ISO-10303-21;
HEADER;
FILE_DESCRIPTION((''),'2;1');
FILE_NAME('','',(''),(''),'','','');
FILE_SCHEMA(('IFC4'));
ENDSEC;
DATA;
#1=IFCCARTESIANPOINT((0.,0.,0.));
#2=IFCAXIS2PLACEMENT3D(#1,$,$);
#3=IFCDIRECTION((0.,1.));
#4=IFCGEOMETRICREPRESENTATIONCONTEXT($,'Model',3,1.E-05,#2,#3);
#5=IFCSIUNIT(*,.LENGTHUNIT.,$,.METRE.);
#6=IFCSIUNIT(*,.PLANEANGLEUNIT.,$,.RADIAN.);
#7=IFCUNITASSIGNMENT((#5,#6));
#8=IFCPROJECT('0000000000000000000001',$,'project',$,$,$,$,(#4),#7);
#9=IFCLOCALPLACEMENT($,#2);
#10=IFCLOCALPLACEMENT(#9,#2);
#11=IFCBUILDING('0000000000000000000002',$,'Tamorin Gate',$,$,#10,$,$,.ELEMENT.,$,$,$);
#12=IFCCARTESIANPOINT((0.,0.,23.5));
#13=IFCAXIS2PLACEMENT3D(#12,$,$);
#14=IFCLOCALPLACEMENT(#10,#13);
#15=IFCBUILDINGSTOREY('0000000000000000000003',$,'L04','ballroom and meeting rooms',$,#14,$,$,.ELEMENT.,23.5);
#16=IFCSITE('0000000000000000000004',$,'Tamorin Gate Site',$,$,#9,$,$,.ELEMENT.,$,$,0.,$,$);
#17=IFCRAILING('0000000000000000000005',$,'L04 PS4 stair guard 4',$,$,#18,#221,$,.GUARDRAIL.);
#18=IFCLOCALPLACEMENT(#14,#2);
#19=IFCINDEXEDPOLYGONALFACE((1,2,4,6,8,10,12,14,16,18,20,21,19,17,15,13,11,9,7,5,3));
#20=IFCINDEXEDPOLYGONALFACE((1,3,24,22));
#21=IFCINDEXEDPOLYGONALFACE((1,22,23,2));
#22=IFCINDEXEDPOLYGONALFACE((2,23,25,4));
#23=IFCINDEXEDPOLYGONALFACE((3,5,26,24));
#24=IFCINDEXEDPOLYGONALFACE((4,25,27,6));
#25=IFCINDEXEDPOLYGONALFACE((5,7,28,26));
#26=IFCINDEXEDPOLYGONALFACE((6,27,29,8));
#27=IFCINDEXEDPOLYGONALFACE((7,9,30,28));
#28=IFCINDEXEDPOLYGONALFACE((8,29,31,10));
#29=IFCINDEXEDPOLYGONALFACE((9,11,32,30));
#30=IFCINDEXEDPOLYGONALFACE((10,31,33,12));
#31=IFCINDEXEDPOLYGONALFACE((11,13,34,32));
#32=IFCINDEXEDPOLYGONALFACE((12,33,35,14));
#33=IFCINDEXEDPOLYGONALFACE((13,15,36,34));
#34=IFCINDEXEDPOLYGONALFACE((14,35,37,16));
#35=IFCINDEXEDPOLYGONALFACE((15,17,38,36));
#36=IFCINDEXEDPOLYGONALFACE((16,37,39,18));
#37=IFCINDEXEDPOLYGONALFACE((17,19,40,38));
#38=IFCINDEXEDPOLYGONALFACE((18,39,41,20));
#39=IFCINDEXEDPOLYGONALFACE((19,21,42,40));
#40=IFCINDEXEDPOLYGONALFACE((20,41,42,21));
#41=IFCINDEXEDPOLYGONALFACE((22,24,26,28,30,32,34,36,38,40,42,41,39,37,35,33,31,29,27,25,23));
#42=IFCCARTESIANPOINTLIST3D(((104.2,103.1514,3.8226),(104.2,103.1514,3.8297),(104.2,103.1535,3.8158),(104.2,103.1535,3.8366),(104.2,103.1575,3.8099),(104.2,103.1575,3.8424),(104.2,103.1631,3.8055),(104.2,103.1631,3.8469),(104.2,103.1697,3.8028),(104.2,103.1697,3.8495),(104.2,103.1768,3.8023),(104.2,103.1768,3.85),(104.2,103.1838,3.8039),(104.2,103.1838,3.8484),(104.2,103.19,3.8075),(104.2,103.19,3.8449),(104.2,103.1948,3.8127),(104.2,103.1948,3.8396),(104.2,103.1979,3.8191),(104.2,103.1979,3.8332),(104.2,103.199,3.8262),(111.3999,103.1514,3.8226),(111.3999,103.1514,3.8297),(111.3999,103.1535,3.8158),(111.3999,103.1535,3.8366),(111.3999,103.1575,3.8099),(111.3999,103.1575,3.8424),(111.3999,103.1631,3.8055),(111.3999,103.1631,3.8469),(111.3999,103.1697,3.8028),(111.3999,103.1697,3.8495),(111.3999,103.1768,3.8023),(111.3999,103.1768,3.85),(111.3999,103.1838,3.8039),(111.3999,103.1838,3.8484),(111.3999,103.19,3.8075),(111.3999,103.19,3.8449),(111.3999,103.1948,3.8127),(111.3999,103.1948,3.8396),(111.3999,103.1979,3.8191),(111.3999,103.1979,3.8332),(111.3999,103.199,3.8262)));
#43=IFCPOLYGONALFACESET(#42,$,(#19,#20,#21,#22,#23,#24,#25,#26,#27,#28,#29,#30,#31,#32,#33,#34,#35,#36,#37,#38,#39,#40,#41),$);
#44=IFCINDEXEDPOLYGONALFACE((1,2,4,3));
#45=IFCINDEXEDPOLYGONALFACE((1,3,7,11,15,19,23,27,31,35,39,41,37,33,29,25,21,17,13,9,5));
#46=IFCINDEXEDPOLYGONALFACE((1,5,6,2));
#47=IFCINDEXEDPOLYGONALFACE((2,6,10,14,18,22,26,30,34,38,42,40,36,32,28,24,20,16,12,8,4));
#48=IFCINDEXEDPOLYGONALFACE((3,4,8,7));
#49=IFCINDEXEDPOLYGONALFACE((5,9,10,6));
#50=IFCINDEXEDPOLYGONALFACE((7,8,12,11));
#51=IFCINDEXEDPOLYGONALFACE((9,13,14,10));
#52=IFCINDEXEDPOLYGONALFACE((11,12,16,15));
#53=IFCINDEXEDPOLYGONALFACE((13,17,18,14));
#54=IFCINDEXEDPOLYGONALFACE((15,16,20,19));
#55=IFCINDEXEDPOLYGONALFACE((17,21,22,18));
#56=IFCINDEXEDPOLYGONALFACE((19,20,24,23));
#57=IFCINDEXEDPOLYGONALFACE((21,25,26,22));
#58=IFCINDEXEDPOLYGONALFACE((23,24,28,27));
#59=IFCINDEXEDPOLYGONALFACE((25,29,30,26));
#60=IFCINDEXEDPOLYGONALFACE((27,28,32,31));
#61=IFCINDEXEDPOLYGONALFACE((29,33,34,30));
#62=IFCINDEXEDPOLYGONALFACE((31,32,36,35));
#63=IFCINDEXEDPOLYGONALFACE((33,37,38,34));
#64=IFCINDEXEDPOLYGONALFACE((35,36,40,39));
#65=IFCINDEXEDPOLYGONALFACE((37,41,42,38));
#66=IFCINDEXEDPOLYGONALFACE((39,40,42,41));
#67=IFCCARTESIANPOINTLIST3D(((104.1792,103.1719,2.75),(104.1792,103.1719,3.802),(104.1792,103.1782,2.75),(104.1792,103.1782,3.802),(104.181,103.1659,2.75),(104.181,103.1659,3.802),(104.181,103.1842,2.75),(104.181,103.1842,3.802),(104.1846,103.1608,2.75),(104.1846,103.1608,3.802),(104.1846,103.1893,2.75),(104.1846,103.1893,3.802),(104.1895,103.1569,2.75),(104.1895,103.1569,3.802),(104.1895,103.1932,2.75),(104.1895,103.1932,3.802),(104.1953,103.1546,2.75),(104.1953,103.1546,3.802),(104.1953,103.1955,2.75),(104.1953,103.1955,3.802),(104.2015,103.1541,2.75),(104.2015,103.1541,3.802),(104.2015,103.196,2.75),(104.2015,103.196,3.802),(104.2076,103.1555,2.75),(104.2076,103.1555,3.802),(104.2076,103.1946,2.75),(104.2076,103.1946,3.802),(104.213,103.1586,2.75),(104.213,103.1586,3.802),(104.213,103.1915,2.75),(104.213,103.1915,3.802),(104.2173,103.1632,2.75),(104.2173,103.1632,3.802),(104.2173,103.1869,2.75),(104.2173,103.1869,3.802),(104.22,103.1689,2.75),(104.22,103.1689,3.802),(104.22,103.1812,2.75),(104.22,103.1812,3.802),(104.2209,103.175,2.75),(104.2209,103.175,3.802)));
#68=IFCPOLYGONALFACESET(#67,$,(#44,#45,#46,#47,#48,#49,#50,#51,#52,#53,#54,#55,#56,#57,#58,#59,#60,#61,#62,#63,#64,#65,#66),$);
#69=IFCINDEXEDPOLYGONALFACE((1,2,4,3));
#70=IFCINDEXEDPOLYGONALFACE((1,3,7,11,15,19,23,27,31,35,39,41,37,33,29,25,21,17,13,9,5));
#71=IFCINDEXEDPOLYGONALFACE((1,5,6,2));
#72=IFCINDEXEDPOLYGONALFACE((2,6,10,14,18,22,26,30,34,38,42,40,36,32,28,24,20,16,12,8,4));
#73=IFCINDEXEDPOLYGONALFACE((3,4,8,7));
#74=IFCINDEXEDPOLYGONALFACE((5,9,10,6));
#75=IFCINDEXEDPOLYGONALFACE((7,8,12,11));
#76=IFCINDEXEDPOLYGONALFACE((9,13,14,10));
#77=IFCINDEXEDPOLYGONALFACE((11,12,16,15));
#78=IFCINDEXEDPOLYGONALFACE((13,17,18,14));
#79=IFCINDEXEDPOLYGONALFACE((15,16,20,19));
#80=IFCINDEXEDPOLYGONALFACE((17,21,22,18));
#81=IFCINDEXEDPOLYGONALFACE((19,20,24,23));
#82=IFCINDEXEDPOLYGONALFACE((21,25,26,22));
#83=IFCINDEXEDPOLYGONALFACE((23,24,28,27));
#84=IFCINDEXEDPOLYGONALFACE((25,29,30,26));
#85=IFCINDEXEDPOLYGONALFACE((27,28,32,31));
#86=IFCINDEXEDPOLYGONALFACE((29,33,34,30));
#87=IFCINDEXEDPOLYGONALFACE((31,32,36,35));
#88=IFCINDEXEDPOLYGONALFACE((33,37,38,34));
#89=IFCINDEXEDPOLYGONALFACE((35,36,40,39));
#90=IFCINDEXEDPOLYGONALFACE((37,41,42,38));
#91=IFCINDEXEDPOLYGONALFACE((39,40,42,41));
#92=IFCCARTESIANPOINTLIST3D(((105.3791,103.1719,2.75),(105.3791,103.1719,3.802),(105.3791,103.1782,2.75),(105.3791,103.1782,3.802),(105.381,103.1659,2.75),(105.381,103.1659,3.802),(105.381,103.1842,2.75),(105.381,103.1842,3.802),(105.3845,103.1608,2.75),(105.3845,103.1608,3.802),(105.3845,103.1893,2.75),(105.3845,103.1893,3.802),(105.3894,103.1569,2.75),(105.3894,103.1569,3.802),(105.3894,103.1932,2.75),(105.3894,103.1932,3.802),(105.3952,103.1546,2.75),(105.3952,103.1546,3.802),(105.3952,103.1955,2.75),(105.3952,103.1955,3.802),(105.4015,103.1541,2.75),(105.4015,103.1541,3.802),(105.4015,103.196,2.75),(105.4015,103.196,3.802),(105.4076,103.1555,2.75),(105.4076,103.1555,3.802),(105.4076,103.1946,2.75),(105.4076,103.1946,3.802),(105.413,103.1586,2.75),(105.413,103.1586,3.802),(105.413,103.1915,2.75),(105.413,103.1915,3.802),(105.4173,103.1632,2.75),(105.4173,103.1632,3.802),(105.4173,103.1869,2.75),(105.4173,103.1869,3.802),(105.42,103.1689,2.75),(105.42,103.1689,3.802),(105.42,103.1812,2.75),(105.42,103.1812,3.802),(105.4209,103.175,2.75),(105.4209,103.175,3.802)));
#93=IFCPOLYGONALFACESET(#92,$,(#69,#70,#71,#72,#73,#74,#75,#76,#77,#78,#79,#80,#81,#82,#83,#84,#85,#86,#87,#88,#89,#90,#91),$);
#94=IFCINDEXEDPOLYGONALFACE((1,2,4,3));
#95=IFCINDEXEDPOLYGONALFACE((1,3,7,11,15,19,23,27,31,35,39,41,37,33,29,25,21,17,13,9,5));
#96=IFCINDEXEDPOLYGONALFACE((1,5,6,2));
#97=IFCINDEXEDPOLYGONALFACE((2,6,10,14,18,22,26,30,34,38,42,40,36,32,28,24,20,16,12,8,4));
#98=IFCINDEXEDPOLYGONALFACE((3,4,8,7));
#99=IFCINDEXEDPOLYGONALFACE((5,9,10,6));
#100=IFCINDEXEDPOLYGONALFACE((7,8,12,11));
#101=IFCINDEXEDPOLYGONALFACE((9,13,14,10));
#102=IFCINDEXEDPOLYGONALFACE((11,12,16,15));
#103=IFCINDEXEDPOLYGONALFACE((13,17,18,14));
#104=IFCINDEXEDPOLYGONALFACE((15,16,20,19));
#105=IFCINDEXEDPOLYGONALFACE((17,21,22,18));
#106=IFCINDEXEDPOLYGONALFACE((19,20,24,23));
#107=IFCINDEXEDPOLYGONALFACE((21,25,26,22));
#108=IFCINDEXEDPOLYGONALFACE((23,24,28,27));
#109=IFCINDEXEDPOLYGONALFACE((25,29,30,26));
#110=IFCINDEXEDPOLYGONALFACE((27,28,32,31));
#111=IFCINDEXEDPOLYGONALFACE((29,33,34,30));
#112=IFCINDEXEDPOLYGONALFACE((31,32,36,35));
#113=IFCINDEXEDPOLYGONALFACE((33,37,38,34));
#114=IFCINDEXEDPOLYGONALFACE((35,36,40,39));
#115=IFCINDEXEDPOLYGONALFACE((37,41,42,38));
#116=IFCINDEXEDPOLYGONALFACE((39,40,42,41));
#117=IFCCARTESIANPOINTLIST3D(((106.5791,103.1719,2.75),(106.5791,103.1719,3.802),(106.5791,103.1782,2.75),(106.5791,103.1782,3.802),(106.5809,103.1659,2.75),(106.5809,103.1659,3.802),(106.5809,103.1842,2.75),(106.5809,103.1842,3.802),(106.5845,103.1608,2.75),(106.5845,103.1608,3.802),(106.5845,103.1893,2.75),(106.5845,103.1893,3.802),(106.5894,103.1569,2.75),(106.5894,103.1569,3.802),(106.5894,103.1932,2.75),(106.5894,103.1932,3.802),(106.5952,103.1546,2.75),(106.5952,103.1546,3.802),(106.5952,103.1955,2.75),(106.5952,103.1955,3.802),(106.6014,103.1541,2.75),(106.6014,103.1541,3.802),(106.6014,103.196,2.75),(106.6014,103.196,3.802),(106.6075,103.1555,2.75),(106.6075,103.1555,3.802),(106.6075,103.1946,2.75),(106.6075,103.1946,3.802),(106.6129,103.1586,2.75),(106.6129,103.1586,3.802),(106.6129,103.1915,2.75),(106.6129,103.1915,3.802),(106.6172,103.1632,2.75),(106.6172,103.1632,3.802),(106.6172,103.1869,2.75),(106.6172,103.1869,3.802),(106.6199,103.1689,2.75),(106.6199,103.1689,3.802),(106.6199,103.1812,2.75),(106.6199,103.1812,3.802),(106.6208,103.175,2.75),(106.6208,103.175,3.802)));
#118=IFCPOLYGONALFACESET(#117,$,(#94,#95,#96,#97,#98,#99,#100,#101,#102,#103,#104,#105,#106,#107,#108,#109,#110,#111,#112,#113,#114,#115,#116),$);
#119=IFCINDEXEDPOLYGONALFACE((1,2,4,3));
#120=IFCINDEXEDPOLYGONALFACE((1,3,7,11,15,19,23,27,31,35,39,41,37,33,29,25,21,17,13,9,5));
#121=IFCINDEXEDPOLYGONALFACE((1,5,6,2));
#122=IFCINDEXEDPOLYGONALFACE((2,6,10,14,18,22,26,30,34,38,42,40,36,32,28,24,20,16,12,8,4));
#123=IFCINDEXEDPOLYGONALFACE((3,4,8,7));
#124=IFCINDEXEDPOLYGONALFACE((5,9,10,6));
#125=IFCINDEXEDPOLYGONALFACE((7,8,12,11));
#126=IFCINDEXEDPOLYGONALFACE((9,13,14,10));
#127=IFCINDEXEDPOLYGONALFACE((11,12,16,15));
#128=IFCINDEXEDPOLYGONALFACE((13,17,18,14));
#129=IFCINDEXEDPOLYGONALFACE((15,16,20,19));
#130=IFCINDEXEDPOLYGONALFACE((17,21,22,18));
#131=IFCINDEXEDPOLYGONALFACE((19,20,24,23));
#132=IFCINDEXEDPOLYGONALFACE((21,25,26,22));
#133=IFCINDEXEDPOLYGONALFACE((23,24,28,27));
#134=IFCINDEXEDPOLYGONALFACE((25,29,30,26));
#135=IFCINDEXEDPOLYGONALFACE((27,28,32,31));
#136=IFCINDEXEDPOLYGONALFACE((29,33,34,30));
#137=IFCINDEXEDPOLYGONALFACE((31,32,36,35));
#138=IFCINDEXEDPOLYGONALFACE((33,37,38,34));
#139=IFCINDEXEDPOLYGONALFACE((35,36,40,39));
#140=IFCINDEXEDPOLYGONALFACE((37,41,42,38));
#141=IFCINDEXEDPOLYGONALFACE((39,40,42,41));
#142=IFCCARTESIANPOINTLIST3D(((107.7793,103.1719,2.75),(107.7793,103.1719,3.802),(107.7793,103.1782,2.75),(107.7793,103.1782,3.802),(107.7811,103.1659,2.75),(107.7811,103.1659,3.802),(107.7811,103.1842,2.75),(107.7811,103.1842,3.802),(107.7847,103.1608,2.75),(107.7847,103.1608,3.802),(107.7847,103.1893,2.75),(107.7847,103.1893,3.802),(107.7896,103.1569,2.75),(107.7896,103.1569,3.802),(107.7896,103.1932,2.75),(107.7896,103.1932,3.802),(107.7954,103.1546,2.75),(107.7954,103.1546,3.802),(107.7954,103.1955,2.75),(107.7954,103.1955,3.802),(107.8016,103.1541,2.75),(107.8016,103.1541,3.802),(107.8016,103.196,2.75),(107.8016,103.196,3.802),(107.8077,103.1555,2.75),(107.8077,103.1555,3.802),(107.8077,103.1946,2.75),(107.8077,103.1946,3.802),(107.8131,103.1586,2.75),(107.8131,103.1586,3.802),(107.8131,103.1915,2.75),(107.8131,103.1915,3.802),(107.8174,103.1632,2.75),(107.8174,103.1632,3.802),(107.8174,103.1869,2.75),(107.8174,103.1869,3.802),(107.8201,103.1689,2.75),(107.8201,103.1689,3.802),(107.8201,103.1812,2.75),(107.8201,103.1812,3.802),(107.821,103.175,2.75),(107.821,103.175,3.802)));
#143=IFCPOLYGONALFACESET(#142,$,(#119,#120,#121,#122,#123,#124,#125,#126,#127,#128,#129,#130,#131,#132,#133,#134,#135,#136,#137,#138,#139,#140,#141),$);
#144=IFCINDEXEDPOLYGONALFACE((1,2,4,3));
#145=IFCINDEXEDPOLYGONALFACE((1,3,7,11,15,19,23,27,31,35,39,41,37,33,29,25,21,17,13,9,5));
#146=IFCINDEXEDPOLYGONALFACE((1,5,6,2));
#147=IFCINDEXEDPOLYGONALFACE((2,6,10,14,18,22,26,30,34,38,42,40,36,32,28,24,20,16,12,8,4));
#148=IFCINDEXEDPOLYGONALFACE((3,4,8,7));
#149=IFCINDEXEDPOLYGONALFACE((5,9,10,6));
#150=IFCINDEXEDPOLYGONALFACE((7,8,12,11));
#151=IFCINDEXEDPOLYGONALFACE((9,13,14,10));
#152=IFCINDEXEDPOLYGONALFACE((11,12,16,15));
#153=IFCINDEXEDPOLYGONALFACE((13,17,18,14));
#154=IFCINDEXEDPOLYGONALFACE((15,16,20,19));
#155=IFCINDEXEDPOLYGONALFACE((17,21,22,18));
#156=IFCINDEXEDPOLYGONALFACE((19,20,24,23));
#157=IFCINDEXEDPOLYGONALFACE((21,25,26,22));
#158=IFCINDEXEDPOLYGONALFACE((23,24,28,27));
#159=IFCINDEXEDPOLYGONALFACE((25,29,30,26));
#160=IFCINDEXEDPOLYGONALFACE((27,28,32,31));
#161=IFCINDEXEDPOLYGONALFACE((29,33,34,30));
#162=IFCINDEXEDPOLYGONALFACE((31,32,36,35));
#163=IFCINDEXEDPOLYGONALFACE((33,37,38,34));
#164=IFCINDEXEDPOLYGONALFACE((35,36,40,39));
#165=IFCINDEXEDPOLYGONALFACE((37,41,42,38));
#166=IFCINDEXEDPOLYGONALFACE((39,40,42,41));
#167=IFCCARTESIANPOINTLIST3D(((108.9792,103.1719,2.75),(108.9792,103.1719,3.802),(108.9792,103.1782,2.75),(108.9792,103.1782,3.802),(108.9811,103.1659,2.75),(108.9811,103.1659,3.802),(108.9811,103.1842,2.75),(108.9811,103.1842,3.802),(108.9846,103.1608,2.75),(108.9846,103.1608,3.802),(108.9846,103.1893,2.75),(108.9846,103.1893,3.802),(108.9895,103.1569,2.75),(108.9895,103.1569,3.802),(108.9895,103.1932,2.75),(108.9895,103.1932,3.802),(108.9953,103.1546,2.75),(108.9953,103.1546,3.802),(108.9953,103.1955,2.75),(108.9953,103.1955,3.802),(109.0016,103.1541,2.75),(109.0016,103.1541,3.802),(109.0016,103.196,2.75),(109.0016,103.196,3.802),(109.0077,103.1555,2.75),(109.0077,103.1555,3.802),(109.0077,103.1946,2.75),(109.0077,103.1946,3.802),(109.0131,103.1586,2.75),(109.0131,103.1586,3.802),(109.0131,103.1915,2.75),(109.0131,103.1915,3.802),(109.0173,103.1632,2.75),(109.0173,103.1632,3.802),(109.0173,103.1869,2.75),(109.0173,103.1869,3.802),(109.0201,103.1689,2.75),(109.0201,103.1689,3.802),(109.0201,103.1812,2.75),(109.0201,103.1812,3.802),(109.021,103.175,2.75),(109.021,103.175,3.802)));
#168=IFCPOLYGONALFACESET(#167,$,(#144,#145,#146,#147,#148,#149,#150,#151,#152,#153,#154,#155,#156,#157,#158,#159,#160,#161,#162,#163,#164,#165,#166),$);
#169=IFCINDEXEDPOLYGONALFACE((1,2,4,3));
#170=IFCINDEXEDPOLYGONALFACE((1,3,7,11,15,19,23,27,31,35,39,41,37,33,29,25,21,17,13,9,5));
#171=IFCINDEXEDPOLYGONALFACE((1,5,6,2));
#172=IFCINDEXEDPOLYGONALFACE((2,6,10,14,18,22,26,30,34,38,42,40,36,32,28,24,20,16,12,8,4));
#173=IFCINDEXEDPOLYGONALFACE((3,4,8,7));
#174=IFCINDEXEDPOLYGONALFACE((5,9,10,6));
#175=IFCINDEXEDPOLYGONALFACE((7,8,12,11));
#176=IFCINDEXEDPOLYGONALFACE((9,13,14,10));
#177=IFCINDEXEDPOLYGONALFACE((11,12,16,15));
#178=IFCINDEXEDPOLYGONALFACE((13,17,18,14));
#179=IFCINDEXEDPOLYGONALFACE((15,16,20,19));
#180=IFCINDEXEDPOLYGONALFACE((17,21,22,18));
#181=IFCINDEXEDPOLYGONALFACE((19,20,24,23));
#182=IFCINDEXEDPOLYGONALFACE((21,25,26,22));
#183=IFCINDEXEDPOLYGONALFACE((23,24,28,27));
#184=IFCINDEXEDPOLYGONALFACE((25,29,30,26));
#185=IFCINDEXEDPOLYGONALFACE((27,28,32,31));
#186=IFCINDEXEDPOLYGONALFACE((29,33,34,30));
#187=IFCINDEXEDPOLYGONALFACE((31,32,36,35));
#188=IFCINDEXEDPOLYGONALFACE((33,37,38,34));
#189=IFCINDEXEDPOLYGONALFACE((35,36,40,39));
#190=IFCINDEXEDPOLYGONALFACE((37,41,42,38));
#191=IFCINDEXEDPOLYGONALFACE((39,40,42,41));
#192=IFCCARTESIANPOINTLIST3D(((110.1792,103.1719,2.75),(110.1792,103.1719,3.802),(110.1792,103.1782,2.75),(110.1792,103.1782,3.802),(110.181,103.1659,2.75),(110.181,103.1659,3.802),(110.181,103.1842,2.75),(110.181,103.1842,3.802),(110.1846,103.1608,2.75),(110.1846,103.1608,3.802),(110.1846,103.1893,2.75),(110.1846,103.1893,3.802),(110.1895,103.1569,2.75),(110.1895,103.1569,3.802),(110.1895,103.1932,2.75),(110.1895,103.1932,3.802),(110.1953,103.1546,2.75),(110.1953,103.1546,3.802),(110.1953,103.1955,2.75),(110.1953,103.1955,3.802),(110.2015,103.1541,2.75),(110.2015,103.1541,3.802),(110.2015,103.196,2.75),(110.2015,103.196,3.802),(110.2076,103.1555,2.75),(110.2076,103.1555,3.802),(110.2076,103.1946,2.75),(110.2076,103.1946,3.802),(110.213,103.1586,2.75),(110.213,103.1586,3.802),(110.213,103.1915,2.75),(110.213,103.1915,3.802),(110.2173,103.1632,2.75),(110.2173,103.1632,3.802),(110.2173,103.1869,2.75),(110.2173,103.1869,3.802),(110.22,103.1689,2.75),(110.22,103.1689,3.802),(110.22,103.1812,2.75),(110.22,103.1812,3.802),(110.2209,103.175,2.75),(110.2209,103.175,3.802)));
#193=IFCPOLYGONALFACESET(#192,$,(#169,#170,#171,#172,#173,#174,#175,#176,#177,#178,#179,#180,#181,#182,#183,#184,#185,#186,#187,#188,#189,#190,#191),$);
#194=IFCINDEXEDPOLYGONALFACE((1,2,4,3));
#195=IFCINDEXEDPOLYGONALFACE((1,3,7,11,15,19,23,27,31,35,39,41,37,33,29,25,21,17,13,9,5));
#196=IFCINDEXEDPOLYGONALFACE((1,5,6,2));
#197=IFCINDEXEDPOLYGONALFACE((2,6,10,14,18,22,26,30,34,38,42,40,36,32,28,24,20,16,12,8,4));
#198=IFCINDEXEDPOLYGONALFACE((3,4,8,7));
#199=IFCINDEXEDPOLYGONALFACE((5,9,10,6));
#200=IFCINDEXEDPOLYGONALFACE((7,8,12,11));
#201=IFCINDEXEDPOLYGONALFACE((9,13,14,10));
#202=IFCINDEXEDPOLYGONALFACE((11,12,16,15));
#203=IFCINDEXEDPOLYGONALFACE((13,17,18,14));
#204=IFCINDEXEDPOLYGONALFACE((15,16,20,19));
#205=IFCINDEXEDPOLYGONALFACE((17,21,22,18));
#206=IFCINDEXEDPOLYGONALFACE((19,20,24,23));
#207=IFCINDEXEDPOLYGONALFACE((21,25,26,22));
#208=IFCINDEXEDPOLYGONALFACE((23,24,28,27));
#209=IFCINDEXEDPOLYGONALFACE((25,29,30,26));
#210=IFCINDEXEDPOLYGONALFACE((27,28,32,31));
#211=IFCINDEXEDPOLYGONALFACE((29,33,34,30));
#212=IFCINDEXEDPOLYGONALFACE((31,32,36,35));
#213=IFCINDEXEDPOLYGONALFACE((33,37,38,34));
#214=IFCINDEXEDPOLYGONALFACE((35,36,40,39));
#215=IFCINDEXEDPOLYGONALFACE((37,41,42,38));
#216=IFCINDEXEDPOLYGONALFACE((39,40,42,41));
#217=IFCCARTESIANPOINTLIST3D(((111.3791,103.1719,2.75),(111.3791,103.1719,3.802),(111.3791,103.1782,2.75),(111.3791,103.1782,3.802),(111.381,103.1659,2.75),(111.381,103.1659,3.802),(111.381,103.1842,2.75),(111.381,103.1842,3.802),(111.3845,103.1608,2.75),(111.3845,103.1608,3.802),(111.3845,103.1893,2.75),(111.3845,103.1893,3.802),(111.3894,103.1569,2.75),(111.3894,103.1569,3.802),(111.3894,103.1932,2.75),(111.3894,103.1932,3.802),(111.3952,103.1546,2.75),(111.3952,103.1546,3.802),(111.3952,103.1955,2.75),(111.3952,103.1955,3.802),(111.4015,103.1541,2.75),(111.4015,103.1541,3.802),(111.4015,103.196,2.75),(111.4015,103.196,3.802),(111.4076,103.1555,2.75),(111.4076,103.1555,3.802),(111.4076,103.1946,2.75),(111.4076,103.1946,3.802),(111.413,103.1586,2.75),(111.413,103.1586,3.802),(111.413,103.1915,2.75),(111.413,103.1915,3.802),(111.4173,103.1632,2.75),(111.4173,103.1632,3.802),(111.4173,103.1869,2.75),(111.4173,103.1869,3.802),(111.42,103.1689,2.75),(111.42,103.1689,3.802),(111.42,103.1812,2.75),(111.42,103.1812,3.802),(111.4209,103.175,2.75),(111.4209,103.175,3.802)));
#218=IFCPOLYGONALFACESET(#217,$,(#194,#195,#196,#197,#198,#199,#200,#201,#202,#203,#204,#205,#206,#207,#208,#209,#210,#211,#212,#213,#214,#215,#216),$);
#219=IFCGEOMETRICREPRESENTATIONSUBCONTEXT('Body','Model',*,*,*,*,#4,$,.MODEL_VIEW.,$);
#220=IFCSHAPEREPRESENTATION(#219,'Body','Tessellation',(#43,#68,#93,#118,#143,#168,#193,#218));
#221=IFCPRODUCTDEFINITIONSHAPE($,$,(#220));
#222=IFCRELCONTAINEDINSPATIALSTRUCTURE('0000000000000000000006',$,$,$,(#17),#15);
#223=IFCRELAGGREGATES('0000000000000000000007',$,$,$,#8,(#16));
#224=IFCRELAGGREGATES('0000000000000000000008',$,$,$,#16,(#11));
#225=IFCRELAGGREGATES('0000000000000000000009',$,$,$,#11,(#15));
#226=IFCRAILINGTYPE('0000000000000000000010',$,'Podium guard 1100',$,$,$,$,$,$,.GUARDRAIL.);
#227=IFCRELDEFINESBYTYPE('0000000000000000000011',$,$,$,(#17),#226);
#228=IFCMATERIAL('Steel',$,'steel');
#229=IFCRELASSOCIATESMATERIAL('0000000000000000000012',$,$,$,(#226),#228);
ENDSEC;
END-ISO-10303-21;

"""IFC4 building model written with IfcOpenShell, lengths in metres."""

from ifc_helpers import new_model, si_unit, direction, frame, origin, origin_2d, place, context, subcontext, project, spatial, circle, extrude, material, type_object, element, save


model = new_model("IFC4")

# Units and contexts
model_context = context("Model", 3, precision=1e-05, world=origin(), true_north=direction((0.0, 1.0)))
body_context = subcontext(model_context, "Body", "Model", "MODEL_VIEW")
ifc_project = project(units=[si_unit("LENGTHUNIT", "METRE"), si_unit("PLANEANGLEUNIT", "RADIAN")], contexts=[model_context])

# Site, building, storey
site_placement = place(None, origin())
site = spatial("IfcSite", under=ifc_project, at=site_placement, Name="Tamorin Gate Site", CompositionType="ELEMENT", RefElevation=0.0)
building_placement = place(site_placement, origin())
building = spatial("IfcBuilding", under=site, at=building_placement, Name="Tamorin Gate", CompositionType="ELEMENT")
storey_placement = place(building_placement, frame((0.0, 0.0, 23.5)))
storey = spatial("IfcBuildingStorey", under=building, at=storey_placement, Name="L04", Description="ballroom and meeting rooms", CompositionType="ELEMENT", Elevation=23.5)

# Railing
ifc_material_1 = material(Name="Steel", Category="steel")
railing_type_1 = type_object("IfcRailingType", Name="Podium guard 1100", PredefinedType="GUARDRAIL", material=ifc_material_1)
for number, where, name in (
    (1, (104.2, 103.175, 2.75), "L04 PS4 stair guard 4"),
):
    element("IfcRailing", number, at=place(storey_placement, frame(where)), inside=storey, type_object=railing_type_1, Name=name, PredefinedType="GUARDRAIL", context=body_context, shape_type="SweptSolid", body=[
        extrude(circle(Radius=0.0239, at=origin_2d()), frame((0.0, 0.0, 1.0762), z_axis=(1.0, 0.0, 0.0), x_axis=(0.0, 1.0, 0.0)), (0.0, 0.0, 1.0), 7.2),
        extrude(circle(Radius=0.021, at=origin_2d()), origin(), (0.0, 0.0, 1.0), 1.052),
        extrude(circle(Radius=0.021, at=origin_2d()), frame((1.2, 0.0, 0.0)), (0.0, 0.0, 1.0), 1.052),
        extrude(circle(Radius=0.021, at=origin_2d()), frame((2.3999, 0.0, 0.0)), (0.0, 0.0, 1.0), 1.052),
        extrude(circle(Radius=0.021, at=origin_2d()), frame((3.6001, 0.0, 0.0)), (0.0, 0.0, 1.0), 1.052),
        extrude(circle(Radius=0.021, at=origin_2d()), frame((4.8, 0.0, 0.0)), (0.0, 0.0, 1.0), 1.052),
        extrude(circle(Radius=0.021, at=origin_2d()), frame((6.0, 0.0, 0.0)), (0.0, 0.0, 1.0), 1.052),
        extrude(circle(Radius=0.021, at=origin_2d()), frame((7.2, 0.0, 0.0)), (0.0, 0.0, 1.0), 1.052),
    ])

save(model, "model.ifc")
